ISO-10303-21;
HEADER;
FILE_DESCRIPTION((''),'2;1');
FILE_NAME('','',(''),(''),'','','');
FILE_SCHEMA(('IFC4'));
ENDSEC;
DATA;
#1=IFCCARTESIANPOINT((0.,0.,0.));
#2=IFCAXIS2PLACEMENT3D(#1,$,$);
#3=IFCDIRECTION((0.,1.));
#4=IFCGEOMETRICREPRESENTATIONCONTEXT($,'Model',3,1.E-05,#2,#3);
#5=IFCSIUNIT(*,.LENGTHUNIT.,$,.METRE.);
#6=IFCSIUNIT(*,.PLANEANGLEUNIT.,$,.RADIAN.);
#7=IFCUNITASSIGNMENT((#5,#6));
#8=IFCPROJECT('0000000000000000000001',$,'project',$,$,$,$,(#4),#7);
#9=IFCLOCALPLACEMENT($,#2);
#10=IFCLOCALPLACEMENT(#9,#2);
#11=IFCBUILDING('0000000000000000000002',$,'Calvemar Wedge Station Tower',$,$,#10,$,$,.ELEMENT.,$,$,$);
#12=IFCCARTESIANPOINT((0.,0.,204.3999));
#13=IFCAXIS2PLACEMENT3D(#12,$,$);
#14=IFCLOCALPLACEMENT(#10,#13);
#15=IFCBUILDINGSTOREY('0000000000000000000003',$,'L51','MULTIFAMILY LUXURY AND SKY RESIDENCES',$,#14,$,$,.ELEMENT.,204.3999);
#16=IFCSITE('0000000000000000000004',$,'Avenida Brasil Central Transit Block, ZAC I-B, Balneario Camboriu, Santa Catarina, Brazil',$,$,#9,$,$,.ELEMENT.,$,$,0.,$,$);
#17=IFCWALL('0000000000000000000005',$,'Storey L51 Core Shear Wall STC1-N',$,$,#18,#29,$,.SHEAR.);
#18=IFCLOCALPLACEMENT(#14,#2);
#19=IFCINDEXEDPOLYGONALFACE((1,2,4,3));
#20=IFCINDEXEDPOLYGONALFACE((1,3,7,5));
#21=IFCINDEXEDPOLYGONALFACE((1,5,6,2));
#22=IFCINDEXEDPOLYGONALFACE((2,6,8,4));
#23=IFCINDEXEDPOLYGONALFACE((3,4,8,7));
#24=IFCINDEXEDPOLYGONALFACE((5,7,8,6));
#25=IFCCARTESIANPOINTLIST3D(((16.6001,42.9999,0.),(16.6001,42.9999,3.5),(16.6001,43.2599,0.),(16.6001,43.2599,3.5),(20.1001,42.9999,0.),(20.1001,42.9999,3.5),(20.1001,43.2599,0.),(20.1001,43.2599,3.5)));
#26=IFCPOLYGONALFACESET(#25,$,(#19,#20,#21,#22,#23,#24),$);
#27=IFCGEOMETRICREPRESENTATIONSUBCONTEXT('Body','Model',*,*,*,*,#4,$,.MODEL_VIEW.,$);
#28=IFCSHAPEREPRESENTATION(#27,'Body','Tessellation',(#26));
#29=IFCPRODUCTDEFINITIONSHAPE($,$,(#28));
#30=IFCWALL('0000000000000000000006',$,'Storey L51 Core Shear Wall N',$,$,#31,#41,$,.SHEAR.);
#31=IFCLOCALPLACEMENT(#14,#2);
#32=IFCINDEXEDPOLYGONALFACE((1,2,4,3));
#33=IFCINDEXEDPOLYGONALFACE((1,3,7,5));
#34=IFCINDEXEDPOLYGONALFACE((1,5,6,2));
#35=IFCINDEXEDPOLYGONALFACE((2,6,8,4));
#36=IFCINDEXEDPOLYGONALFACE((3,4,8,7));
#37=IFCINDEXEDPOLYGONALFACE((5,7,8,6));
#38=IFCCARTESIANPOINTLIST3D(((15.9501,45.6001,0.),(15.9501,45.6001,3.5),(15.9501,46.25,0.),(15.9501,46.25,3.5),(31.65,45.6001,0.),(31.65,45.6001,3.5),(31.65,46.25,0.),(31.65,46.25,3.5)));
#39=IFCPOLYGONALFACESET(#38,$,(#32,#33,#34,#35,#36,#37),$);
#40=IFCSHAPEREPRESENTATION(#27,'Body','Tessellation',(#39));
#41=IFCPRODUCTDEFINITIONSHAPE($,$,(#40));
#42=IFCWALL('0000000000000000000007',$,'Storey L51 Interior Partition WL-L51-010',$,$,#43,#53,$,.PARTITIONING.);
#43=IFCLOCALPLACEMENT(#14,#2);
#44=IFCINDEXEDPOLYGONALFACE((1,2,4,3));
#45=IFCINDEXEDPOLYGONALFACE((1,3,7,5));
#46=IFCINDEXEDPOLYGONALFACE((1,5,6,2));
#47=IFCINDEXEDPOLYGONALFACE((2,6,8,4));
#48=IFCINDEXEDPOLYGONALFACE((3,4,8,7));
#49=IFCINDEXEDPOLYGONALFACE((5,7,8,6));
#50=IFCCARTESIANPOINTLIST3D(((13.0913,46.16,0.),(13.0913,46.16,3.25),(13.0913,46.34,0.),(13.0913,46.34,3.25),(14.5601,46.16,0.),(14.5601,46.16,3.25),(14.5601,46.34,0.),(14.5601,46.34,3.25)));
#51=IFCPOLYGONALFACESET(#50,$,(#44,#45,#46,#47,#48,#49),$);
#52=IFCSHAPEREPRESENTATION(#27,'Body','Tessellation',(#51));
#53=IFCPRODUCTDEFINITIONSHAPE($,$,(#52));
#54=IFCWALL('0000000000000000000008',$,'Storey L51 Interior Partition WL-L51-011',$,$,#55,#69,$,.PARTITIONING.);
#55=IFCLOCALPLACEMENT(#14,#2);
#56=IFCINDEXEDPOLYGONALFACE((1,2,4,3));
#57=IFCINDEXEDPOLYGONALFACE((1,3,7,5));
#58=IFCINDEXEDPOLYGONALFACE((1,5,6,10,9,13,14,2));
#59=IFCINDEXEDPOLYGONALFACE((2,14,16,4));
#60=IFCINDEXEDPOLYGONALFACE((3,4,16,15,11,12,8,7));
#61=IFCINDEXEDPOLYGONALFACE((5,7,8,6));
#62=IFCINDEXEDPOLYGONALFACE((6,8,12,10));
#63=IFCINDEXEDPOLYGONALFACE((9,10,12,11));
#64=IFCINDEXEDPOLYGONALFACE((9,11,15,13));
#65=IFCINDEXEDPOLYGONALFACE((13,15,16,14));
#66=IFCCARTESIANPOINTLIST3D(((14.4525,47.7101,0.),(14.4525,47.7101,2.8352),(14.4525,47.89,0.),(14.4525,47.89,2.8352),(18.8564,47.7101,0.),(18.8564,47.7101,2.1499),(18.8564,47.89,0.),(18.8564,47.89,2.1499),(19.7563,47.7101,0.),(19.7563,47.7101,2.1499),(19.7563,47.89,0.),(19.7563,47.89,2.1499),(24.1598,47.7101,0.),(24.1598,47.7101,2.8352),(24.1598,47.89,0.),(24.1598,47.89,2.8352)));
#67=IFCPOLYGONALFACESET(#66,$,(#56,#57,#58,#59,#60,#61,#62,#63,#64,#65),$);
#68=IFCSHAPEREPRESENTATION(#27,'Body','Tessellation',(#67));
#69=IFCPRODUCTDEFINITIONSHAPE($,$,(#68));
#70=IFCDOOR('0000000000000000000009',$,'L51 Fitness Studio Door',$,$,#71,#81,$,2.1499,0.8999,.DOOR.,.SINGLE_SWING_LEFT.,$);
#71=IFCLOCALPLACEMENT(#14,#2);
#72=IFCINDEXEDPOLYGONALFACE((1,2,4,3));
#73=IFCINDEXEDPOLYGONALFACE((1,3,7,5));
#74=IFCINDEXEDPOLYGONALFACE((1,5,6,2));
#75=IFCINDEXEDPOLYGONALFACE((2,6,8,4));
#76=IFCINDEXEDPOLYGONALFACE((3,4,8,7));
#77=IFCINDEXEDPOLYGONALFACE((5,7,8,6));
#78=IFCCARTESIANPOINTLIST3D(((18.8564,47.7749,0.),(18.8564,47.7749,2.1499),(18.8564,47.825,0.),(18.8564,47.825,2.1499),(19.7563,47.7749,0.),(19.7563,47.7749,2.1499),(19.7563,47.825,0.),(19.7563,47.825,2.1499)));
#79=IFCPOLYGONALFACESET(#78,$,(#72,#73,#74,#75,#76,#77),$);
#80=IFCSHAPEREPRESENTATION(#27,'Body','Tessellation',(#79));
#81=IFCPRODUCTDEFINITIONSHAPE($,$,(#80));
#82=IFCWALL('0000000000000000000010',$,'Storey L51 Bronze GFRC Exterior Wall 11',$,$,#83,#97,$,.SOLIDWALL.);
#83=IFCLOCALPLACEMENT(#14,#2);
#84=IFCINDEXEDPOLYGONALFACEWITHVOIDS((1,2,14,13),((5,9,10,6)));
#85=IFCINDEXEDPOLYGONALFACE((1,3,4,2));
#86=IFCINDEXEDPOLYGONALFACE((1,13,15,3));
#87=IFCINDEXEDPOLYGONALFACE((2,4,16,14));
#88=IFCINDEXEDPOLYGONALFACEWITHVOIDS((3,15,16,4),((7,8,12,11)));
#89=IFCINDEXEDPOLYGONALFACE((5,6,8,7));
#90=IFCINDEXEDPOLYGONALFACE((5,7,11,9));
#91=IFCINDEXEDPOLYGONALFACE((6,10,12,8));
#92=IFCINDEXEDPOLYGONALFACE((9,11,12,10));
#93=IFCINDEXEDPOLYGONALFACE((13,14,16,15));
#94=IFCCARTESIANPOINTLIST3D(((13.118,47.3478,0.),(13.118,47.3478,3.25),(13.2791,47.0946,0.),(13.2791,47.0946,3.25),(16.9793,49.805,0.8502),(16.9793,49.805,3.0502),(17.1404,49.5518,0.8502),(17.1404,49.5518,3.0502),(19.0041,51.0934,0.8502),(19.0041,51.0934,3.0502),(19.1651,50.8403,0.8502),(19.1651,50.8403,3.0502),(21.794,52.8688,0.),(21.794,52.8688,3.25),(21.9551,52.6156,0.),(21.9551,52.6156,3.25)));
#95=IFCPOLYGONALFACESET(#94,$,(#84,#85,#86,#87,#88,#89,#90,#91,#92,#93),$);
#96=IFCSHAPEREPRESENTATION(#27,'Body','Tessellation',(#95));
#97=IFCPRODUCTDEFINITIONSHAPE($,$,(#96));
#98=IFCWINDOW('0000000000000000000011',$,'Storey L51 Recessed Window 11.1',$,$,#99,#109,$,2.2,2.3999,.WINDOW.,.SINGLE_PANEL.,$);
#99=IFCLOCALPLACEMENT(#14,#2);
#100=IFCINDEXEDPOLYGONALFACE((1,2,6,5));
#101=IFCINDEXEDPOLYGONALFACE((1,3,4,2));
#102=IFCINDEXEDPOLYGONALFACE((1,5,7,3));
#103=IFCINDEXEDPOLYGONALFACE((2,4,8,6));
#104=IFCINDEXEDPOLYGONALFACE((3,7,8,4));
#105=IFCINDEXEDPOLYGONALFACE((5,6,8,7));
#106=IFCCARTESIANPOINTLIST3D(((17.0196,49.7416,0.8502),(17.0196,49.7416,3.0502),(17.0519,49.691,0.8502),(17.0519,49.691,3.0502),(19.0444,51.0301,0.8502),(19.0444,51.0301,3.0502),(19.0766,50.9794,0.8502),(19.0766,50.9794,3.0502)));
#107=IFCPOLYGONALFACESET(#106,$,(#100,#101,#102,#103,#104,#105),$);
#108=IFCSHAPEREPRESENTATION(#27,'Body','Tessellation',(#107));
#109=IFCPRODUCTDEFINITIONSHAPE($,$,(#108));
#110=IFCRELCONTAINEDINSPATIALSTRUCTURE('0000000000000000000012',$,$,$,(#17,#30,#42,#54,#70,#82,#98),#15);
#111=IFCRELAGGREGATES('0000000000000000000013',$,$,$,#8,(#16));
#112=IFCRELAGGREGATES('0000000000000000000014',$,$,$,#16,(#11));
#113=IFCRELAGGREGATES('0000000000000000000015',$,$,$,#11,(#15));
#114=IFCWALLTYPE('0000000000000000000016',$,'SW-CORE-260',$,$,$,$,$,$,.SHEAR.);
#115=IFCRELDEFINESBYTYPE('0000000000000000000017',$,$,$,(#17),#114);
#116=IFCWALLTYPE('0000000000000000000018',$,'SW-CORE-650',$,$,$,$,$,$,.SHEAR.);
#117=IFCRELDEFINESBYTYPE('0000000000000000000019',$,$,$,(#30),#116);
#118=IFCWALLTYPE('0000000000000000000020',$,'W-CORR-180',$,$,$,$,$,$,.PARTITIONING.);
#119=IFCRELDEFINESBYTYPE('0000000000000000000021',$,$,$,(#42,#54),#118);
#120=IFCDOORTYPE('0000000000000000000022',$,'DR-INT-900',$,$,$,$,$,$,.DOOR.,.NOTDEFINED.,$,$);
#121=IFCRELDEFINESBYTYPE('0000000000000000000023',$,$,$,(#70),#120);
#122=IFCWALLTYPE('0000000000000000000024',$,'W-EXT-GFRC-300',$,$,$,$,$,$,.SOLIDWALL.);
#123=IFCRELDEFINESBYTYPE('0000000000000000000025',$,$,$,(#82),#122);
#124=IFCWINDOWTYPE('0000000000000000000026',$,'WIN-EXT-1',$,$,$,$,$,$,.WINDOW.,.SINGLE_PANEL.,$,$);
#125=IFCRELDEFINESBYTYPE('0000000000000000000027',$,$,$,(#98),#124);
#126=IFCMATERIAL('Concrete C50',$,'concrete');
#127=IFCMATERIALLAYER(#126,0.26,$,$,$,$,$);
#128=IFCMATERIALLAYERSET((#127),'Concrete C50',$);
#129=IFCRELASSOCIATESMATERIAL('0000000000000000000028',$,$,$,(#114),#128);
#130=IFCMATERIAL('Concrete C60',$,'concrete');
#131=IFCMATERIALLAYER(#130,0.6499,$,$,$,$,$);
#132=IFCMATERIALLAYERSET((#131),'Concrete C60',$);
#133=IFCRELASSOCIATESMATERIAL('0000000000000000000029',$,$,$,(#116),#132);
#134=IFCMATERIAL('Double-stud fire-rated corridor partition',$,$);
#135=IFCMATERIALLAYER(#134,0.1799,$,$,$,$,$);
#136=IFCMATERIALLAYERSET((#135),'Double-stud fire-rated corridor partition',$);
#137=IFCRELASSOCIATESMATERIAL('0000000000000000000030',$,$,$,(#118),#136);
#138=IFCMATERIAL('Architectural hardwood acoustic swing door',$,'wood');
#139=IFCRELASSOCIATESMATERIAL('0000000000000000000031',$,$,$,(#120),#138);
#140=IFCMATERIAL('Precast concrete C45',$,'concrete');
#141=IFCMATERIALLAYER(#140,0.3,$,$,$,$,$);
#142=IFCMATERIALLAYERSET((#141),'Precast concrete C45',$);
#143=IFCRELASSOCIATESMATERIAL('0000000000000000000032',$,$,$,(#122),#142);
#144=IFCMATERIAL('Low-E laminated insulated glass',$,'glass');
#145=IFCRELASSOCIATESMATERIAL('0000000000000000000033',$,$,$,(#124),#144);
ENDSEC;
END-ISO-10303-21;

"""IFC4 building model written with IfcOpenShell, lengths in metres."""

from ifc_helpers import new_model, si_unit, direction, frame, frame_2d, origin, place, context, subcontext, project, spatial, rectangle, extrude, source, transform, mapped, material, layer, layer_set, type_object, element, fill, save


model = new_model("IFC4")

# Units and contexts
model_context = context("Model", 3, precision=1e-05, world=origin(), true_north=direction((0.0, 1.0)))
body_context = subcontext(model_context, "Body", "Model", "MODEL_VIEW")
ifc_project = project(units=[si_unit("LENGTHUNIT", "METRE"), si_unit("PLANEANGLEUNIT", "RADIAN")], contexts=[model_context])

# Site, building, storey
site_placement = place(None, origin())
site = spatial("IfcSite", under=ifc_project, at=site_placement, Name="Avenida Brasil Central Transit Block, ZAC I-B, Balneario Camboriu, Santa Catarina, Brazil", CompositionType="ELEMENT", RefElevation=0.0)
building_placement = place(site_placement, origin())
building = spatial("IfcBuilding", under=site, at=building_placement, Name="Calvemar Wedge Station Tower", CompositionType="ELEMENT")
storey_placement = place(building_placement, frame((0.0, 0.0, 204.3999)))
storey = spatial("IfcBuildingStorey", under=building, at=storey_placement, Name="L51", Description="MULTIFAMILY LUXURY AND SKY RESIDENCES", CompositionType="ELEMENT", Elevation=204.3999)

# Walls
ifc_material_1 = material(Name="Concrete C50", Category="concrete")
ifc_layer_1 = layer(ifc_material_1, 0.26)
ifc_layer_set_1 = layer_set([ifc_layer_1], Name="Concrete C50")
wall_type_1 = type_object("IfcWallType", Name="SW-CORE-260", PredefinedType="SHEAR", material=ifc_layer_set_1)
wall_1_placement = place(storey_placement, frame((16.6001, 43.1299, 0.0), z_axis=(0.0, 0.0, 1.0), x_axis=(1.0, 0.0, 0.0)))
element("IfcWall", 1, at=wall_1_placement, inside=storey, type_object=wall_type_1, Name="Storey L51 Core Shear Wall STC1-N", PredefinedType="SHEAR", context=body_context, shape_type="SweptSolid", body=[
    extrude(rectangle(XDim=3.5, YDim=0.26, at=frame_2d((1.75, 0.0))), origin(), (0.0, 0.0, 1.0), 3.5),
])
ifc_material_2 = material(Name="Concrete C60", Category="concrete")
ifc_layer_2 = layer(ifc_material_2, 0.6499)
ifc_layer_set_2 = layer_set([ifc_layer_2], Name="Concrete C60")
wall_type_2 = type_object("IfcWallType", Name="SW-CORE-650", PredefinedType="SHEAR", material=ifc_layer_set_2)
wall_2_placement = place(storey_placement, frame((15.95, 45.925, 0.0), z_axis=(0.0, 0.0, 1.0), x_axis=(1.0, 0.0, 0.0)))
element("IfcWall", 2, at=wall_2_placement, inside=storey, type_object=wall_type_2, Name="Storey L51 Core Shear Wall N", PredefinedType="SHEAR", context=body_context, shape_type="SweptSolid", body=[
    extrude(rectangle(XDim=15.7, YDim=0.6499, at=frame_2d((7.8501, 0.0))), origin(), (0.0, 0.0, 1.0), 3.5),
])
ifc_material_3 = material(Name="Double-stud fire-rated corridor partition")
ifc_layer_3 = layer(ifc_material_3, 0.1799)
ifc_layer_set_3 = layer_set([ifc_layer_3], Name="Double-stud fire-rated corridor partition")
wall_type_3 = type_object("IfcWallType", Name="W-CORR-180", PredefinedType="PARTITIONING", material=ifc_layer_set_3)
wall_3_placement = place(storey_placement, frame((14.5601, 46.25, 0.0), z_axis=(0.0, 0.0, 1.0), x_axis=(-1.0, 0.0, 0.0)))
element("IfcWall", 3, at=wall_3_placement, inside=storey, type_object=wall_type_3, Name="Storey L51 Interior Partition WL-L51-010", PredefinedType="PARTITIONING", context=body_context, shape_type="SweptSolid", body=[
    extrude(rectangle(XDim=1.4688, YDim=0.1799, at=frame_2d((0.7344, 0.0))), origin(), (0.0, 0.0, 1.0), 3.25),
])

# Wall, opening, door
wall_4_placement = place(storey_placement, frame((14.4526, 47.8, 0.0), z_axis=(0.0, 0.0, 1.0), x_axis=(1.0, 0.0, 0.0)))
wall_4 = element("IfcWall", 4, at=wall_4_placement, inside=storey, type_object=wall_type_3, Name="Storey L51 Interior Partition WL-L51-011", PredefinedType="PARTITIONING", context=body_context, shape_type="SweptSolid", body=[
    extrude(rectangle(XDim=9.7073, YDim=0.1799, at=frame_2d((4.8535, 0.0))), origin(), (0.0, 0.0, 1.0), 2.8352),
])
shared_shape_1 = source(origin(), body_context, "Body", "SweptSolid", [
    extrude(rectangle(XDim=0.8999, YDim=2.1499, at=frame_2d((0.45, 1.075))), frame((0.0, 0.1001, 0.0), z_axis=(0.0, -1.0, 0.0), x_axis=(1.0, 0.0, 0.0)), (0.0, 0.0, 1.0), 0.2),
])
opening_1_placement = place(wall_4_placement, frame((4.4038, 0.0, 0.0)))
opening_1 = element("IfcOpeningElement", 5, at=opening_1_placement, cuts=wall_4, PredefinedType="OPENING", context=body_context, shape_type="MappedRepresentation", body=[
    mapped(shared_shape_1, transform((0.0, 0.0, 0.0), scale=1.0)),
])
ifc_material_4 = material(Name="Architectural hardwood acoustic swing door", Category="wood")
door_type_1 = type_object("IfcDoorType", Name="DR-INT-900", OperationType="NOTDEFINED", PredefinedType="DOOR", material=ifc_material_4)
shared_shape_2 = source(origin(), body_context, "Body", "SweptSolid", [
    extrude(rectangle(XDim=0.8999, YDim=2.1499, at=frame_2d((0.45, 1.075))), frame((0.0, 0.0249, 0.0), z_axis=(0.0, -1.0, 0.0), x_axis=(1.0, 0.0, 0.0)), (0.0, 0.0, 1.0), 0.05),
])
door_1_placement = place(opening_1_placement, origin())
door_1 = element("IfcDoor", 6, at=door_1_placement, inside=storey, type_object=door_type_1, Name="L51 Fitness Studio Door", OperationType="SINGLE_SWING_LEFT", OverallHeight=2.1499, OverallWidth=0.8999, PredefinedType="DOOR", context=body_context, shape_type="MappedRepresentation", body=[
    mapped(shared_shape_2, transform((0.0, 0.0, 0.0), scale=1.0)),
])
fill(opening_1, door_1)

# Wall, opening, window
ifc_material_5 = material(Name="Precast concrete C45", Category="concrete")
ifc_layer_4 = layer(ifc_material_5, 0.3)
ifc_layer_set_4 = layer_set([ifc_layer_4], Name="Precast concrete C45")
wall_type_4 = type_object("IfcWallType", Name="W-EXT-GFRC-300", PredefinedType="SOLIDWALL", material=ifc_layer_set_4)
wall_5_placement = place(storey_placement, frame((21.8745, 52.7422, 0.0), z_axis=(0.0, 0.0, 1.0), x_axis=(-0.843666, -0.536868, 0.0)))
wall_5 = element("IfcWall", 7, at=wall_5_placement, inside=storey, type_object=wall_type_4, Name="Storey L51 Bronze GFRC Exterior Wall 11", PredefinedType="SOLIDWALL", context=body_context, shape_type="SweptSolid", body=[
    extrude(rectangle(XDim=10.2837, YDim=0.3, at=frame_2d((5.1418, 0.0))), origin(), (0.0, 0.0, 1.0), 3.25),
])
shared_shape_3 = source(origin(), body_context, "Body", "SweptSolid", [
    extrude(rectangle(XDim=2.3999, YDim=2.2, at=frame_2d((1.2, 1.1001))), frame((0.0, 0.1602, 0.0), z_axis=(0.0, -1.0, 0.0), x_axis=(1.0, 0.0, 0.0)), (0.0, 0.0, 1.0), 0.3201),
])
opening_2_placement = place(wall_5_placement, frame((3.3069, 0.0, 0.8501)))
opening_2 = element("IfcOpeningElement", 8, at=opening_2_placement, cuts=wall_5, PredefinedType="OPENING", context=body_context, shape_type="MappedRepresentation", body=[
    mapped(shared_shape_3, transform((0.0, 0.0, 0.0), scale=1.0)),
])
ifc_material_6 = material(Name="Low-E laminated insulated glass", Category="glass")
window_type_1 = type_object("IfcWindowType", Name="WIN-EXT-1", PartitioningType="SINGLE_PANEL", PredefinedType="WINDOW", material=ifc_material_6)
shared_shape_4 = source(origin(), body_context, "Body", "SweptSolid", [
    extrude(rectangle(XDim=2.3999, YDim=2.2, at=frame_2d((1.2, 1.1001))), frame((0.0, -0.0149, 0.0), z_axis=(0.0, -1.0, 0.0), x_axis=(1.0, 0.0, 0.0)), (0.0, 0.0, 1.0), 0.0601),
])
window_1_placement = place(opening_2_placement, origin())
window_1 = element("IfcWindow", 9, at=window_1_placement, inside=storey, type_object=window_type_1, Name="Storey L51 Recessed Window 11.1", OverallHeight=2.2, OverallWidth=2.3999, PartitioningType="SINGLE_PANEL", PredefinedType="WINDOW", context=body_context, shape_type="MappedRepresentation", body=[
    mapped(shared_shape_4, transform((0.0, 0.0, 0.0), scale=1.0)),
])
fill(opening_2, window_1)

save(model, "model.ifc")
